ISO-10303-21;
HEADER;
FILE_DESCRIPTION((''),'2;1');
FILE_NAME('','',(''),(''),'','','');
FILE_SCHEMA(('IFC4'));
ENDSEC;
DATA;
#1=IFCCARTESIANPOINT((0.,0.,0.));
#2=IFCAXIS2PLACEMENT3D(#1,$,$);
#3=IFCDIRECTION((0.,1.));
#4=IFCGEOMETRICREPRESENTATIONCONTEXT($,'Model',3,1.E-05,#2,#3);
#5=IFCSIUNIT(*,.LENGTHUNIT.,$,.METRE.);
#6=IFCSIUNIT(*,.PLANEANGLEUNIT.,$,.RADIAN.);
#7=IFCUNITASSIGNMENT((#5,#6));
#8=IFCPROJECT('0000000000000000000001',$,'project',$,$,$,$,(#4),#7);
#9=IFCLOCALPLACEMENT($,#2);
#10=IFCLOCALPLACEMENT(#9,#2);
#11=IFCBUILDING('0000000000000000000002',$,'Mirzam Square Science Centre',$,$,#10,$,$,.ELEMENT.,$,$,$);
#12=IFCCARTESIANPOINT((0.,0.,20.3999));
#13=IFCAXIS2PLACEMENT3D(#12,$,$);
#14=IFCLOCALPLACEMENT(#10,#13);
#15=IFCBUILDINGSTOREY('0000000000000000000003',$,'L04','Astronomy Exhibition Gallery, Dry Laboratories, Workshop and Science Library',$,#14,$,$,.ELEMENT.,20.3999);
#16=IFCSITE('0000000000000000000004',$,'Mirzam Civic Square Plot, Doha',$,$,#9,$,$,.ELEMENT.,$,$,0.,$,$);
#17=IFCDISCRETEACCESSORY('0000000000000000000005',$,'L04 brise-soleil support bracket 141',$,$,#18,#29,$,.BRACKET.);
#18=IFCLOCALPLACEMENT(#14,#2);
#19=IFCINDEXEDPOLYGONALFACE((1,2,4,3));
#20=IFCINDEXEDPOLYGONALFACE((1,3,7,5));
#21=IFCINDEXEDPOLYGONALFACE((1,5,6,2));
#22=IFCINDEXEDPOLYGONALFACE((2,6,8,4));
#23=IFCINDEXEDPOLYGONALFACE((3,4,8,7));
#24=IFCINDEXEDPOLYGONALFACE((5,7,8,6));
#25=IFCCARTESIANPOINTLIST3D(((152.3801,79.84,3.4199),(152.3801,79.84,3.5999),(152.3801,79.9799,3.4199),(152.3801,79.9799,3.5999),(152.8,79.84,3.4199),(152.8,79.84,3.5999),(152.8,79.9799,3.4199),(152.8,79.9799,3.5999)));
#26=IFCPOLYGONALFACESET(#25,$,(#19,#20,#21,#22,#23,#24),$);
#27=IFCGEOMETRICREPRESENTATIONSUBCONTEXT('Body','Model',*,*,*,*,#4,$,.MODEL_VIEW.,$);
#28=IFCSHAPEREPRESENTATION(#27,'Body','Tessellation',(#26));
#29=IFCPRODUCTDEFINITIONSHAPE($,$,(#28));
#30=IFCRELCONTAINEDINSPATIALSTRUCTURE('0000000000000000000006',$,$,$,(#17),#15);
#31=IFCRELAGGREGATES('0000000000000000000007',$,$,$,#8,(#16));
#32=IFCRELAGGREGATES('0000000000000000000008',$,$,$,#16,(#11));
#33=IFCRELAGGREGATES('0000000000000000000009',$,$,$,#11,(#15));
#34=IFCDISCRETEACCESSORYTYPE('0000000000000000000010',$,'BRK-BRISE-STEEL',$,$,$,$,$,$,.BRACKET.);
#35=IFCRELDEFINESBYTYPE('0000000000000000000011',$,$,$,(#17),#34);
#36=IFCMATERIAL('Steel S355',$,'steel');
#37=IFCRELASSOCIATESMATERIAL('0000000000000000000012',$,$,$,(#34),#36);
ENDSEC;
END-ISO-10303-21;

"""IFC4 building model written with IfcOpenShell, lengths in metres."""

from ifc_helpers import new_model, si_unit, direction, frame, origin, origin_2d, place, context, subcontext, project, spatial, rectangle, extrude, material, type_object, element, save


model = new_model("IFC4")

# Units and contexts
model_context = context("Model", 3, precision=1e-05, world=origin(), true_north=direction((0.0, 1.0)))
body_context = subcontext(model_context, "Body", "Model", "MODEL_VIEW")
ifc_project = project(units=[si_unit("LENGTHUNIT", "METRE"), si_unit("PLANEANGLEUNIT", "RADIAN")], contexts=[model_context])

# Site, building, storey
site_placement = place(None, origin())
site = spatial("IfcSite", under=ifc_project, at=site_placement, Name="Mirzam Civic Square Plot, Doha", CompositionType="ELEMENT", RefElevation=0.0)
building_placement = place(site_placement, origin())
building = spatial("IfcBuilding", under=site, at=building_placement, Name="Mirzam Square Science Centre", CompositionType="ELEMENT")
storey_placement = place(building_placement, frame((0.0, 0.0, 20.3999)))
storey = spatial("IfcBuildingStorey", under=building, at=storey_placement, Name="L04", Description="Astronomy Exhibition Gallery, Dry Laboratories, Workshop and Science Library", CompositionType="ELEMENT", Elevation=20.3999)

# Shared definitions
ifc_material_1 = material(Name="Steel S355", Category="steel")

# Discrete accessory
discrete_accessory_type = type_object("IfcDiscreteAccessoryType", Name="BRK-BRISE-STEEL", PredefinedType="BRACKET", material=ifc_material_1)
discrete_accessory_placement = place(storey_placement, frame((152.5901, 79.9099, 3.4199), z_axis=(0.0, 0.0, 1.0), x_axis=(0.0, 1.0, 0.0)))
element("IfcDiscreteAccessory", 1, at=discrete_accessory_placement, inside=storey, type_object=discrete_accessory_type, Name="L04 brise-soleil support bracket 141", PredefinedType="BRACKET", context=body_context, shape_type="SweptSolid", body=[
    extrude(rectangle(XDim=0.1399, YDim=0.4199, at=origin_2d()), origin(), (0.0, 0.0, 1.0), 0.1799),
])

save(model, "model.ifc")
